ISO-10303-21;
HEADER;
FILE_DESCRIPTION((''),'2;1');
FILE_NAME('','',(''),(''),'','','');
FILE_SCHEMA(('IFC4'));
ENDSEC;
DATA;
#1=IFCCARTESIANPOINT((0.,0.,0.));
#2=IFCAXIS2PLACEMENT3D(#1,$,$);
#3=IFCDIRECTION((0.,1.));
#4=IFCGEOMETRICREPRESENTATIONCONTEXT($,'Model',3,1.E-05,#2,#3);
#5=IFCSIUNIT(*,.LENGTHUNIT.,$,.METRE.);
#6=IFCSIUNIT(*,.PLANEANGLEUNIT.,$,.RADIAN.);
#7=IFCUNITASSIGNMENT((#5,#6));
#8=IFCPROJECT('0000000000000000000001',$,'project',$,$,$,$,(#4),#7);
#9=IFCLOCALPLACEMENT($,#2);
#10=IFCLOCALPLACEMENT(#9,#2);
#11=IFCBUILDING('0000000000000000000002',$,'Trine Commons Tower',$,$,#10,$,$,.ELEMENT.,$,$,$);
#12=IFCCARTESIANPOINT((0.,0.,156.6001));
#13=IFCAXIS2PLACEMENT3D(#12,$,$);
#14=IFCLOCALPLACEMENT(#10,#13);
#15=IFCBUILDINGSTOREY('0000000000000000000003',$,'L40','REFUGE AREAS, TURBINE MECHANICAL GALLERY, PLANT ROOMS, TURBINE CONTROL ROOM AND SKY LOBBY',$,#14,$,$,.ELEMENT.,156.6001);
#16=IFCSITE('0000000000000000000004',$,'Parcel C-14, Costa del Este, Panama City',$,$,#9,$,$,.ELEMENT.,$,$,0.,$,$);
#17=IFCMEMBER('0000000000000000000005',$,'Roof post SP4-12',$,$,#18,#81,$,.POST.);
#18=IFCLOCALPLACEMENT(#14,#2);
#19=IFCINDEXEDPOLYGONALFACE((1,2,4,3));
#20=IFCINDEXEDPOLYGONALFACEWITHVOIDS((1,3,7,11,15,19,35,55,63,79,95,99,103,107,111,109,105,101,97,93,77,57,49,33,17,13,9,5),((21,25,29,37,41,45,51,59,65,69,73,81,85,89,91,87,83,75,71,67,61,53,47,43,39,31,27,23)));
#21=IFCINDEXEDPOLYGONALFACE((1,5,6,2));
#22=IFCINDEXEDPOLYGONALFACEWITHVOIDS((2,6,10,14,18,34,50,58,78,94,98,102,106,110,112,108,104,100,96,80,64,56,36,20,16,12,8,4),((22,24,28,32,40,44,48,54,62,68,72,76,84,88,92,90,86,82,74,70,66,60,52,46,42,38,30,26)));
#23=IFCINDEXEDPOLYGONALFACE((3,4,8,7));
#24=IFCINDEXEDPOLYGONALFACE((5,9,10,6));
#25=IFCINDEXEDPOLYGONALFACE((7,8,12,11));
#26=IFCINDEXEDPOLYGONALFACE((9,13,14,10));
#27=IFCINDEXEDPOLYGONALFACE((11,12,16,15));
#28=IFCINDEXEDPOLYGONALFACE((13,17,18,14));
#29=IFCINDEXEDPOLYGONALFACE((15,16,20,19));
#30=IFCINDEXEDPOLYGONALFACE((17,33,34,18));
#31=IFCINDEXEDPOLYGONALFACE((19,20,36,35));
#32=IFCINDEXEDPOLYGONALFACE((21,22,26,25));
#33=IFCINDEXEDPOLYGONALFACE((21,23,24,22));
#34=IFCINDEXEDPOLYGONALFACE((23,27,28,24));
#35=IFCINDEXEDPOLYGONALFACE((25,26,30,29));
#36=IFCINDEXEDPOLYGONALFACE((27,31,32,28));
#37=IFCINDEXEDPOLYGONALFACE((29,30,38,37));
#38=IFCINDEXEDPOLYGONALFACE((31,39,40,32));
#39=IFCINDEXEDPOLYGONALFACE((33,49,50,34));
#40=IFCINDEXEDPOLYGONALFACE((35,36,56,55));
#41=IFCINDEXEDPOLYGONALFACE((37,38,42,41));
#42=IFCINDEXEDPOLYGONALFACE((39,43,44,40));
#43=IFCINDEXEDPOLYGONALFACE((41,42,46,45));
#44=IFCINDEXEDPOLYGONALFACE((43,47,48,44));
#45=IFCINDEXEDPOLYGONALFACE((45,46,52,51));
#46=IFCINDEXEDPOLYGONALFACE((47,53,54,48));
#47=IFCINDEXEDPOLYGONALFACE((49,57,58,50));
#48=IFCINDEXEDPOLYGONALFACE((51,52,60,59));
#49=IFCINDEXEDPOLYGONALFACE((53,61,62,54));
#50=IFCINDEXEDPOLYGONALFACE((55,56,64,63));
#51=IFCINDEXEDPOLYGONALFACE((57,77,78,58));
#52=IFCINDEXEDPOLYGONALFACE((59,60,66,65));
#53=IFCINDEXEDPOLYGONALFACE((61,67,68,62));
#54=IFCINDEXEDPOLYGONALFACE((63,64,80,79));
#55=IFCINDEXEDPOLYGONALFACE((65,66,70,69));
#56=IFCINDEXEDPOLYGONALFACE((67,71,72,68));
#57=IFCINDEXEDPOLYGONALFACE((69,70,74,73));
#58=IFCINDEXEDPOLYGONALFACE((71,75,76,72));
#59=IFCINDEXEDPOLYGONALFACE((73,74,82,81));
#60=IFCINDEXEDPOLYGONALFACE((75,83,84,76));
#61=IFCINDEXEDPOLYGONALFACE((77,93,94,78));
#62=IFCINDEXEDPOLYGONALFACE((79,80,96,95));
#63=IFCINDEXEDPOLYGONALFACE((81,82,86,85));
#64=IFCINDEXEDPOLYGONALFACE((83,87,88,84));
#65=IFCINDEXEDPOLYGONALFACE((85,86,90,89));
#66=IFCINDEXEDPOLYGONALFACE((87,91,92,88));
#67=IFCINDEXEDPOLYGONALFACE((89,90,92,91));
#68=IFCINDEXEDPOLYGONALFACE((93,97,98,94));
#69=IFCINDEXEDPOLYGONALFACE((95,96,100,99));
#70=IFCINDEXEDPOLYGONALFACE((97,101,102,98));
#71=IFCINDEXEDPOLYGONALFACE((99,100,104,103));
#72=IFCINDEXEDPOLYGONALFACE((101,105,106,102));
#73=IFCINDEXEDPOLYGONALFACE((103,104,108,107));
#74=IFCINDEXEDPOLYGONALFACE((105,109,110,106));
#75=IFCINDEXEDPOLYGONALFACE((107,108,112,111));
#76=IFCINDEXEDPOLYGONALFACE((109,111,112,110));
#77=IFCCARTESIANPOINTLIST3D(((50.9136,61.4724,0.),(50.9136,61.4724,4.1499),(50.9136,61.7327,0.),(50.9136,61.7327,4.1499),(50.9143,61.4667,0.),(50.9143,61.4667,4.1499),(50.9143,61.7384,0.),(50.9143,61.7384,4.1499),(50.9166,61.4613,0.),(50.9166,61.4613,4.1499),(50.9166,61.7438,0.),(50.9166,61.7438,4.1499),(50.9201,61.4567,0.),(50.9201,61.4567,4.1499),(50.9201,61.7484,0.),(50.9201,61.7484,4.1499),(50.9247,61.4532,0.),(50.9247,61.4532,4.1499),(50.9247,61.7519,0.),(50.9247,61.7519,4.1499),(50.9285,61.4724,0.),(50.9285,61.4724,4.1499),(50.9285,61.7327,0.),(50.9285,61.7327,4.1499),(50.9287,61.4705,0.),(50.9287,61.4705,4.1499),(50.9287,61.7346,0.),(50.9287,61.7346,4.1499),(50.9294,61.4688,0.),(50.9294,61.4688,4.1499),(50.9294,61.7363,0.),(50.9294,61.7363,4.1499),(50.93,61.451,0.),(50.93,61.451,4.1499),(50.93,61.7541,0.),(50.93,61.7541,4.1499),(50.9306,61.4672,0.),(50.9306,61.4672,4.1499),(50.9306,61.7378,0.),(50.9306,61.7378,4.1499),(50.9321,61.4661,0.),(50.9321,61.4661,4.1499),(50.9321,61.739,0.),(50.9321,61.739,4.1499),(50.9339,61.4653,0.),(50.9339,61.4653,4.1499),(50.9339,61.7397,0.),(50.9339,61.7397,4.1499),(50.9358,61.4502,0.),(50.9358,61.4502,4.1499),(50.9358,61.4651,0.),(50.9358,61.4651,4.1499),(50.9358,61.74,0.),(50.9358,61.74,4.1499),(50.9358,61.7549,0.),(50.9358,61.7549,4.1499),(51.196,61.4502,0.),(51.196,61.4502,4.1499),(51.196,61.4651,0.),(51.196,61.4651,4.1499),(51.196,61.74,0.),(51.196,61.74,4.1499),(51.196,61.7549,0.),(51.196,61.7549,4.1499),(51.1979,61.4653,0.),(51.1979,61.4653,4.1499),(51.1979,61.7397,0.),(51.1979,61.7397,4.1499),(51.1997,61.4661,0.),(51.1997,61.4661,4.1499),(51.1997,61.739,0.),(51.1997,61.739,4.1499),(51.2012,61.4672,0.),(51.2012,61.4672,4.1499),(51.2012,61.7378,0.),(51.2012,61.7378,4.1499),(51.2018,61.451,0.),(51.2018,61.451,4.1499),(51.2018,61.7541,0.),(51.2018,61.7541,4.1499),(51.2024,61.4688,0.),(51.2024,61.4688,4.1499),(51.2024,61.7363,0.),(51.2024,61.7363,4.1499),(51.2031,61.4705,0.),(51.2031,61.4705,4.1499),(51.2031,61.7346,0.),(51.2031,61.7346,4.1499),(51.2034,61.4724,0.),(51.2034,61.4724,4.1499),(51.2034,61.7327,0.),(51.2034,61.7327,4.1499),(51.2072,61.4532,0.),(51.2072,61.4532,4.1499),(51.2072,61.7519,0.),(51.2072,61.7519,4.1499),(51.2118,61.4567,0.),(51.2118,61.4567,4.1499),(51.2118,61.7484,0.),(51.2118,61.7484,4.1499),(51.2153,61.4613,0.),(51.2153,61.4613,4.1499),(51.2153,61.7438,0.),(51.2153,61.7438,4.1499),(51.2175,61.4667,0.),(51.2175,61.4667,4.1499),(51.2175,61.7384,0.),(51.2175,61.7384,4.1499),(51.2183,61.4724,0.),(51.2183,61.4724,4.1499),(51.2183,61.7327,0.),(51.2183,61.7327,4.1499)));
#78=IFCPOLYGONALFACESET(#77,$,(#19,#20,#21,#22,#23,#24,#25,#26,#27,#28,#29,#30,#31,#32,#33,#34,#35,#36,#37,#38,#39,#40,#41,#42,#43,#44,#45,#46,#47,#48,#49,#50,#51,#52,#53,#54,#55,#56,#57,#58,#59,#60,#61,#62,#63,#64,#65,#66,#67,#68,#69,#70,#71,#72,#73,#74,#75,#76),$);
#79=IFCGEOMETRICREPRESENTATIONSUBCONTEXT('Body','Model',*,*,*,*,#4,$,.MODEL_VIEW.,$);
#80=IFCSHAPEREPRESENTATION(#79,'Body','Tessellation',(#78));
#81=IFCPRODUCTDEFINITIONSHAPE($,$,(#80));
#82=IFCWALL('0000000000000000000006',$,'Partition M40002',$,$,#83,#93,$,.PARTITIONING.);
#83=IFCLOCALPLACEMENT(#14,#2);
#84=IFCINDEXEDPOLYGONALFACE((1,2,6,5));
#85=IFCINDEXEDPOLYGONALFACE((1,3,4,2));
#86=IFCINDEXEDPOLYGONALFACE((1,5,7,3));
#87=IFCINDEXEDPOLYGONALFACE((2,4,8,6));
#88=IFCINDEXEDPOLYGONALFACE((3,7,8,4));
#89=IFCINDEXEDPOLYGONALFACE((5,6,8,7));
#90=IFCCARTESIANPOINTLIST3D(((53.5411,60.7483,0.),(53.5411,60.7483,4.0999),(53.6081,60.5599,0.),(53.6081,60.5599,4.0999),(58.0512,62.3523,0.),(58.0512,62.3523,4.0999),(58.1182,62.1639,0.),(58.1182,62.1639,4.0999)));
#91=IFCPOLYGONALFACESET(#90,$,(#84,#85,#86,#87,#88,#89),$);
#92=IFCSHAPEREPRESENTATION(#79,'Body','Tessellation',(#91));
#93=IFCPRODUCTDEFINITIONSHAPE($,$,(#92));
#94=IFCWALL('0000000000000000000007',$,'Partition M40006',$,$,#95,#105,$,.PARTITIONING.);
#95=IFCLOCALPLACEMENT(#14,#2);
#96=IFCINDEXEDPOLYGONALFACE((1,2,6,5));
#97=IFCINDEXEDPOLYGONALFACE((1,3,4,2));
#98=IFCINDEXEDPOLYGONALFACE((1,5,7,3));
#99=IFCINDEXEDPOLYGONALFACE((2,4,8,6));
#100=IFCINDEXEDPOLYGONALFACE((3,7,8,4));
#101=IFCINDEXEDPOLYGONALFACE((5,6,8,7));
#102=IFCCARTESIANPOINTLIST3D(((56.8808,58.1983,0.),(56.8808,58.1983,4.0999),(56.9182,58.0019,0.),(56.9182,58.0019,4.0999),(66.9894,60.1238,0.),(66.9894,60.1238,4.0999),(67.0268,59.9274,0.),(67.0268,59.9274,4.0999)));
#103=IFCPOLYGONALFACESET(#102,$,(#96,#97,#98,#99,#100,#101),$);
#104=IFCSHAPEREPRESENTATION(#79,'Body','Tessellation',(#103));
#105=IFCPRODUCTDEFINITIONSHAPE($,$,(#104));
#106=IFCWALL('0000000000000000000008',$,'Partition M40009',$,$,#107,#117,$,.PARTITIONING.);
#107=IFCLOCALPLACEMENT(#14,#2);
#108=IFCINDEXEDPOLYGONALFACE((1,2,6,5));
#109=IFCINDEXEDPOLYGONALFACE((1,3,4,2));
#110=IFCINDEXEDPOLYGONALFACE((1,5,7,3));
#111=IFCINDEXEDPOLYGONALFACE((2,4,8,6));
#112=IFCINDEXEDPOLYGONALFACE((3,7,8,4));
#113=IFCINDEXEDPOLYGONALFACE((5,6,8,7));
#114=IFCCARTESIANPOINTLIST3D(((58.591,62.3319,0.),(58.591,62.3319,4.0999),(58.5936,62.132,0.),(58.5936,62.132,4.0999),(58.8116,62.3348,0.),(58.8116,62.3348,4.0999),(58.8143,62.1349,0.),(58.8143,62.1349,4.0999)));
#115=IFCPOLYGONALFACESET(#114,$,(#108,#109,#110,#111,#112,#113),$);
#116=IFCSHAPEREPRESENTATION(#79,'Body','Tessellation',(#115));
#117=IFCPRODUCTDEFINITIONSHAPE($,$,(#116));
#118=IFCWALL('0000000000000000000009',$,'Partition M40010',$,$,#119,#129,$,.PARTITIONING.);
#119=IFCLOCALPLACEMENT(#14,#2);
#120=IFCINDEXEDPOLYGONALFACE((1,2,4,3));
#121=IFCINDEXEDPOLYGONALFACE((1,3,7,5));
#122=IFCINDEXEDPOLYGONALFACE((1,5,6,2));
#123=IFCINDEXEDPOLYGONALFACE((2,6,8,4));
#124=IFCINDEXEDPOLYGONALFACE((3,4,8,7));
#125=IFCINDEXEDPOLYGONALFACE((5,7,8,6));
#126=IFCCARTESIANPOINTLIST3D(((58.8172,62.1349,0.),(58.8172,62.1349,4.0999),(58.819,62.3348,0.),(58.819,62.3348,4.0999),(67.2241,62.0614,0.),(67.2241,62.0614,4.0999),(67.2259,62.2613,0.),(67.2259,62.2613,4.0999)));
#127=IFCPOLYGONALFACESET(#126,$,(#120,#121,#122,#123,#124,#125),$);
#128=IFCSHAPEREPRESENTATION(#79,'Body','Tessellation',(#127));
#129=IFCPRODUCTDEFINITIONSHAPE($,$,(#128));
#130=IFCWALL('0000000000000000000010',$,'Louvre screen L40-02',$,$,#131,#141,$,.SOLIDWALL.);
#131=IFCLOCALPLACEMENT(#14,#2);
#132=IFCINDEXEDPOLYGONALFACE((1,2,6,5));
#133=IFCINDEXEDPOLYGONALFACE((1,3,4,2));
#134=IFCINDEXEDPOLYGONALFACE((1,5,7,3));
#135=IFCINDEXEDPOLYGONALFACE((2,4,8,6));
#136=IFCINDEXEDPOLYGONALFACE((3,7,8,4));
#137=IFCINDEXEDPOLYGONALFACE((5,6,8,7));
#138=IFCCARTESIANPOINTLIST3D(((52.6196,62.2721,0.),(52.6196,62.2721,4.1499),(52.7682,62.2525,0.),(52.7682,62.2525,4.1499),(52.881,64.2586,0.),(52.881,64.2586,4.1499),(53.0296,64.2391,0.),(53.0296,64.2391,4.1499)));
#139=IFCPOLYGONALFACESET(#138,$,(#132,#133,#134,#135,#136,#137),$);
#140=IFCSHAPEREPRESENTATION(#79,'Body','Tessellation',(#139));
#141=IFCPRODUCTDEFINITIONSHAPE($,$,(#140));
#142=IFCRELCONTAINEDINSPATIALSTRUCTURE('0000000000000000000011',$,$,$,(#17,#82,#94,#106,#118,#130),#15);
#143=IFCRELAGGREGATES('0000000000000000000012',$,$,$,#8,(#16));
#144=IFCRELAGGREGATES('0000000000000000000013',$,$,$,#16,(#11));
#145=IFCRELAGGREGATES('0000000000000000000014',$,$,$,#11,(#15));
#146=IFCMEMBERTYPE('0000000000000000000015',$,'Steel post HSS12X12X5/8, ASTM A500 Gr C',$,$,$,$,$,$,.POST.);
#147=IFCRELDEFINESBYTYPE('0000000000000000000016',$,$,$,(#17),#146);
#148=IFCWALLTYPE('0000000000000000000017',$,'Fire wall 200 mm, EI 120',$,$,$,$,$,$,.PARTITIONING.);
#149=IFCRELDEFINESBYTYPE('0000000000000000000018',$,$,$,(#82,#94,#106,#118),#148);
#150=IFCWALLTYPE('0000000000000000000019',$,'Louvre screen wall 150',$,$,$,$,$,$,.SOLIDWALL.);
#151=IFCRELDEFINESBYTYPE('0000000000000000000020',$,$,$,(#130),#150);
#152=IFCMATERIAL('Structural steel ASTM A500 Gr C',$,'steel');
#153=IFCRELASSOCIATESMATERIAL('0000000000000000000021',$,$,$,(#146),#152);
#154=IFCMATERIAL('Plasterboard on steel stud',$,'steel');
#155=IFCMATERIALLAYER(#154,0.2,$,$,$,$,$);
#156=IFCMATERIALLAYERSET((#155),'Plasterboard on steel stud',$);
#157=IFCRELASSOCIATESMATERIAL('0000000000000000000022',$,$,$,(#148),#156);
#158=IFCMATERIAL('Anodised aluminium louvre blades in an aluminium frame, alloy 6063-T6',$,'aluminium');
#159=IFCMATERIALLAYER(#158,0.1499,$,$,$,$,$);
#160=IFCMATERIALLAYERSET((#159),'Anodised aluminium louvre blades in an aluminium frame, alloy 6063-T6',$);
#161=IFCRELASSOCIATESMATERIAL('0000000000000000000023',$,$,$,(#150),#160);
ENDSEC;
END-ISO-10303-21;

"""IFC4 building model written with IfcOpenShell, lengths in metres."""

from ifc_helpers import new_model, si_unit, direction, frame, frame_2d, origin, origin_2d, place, context, subcontext, project, spatial, rectangle, hollow_rectangle, extrude, material, layer, layer_set, material_profile, profile_set, type_object, element, save


model = new_model("IFC4")

# Units and contexts
model_context = context("Model", 3, precision=1e-05, world=origin(), true_north=direction((0.0, 1.0)))
body_context = subcontext(model_context, "Body", "Model", "MODEL_VIEW")
ifc_project = project(units=[si_unit("LENGTHUNIT", "METRE"), si_unit("PLANEANGLEUNIT", "RADIAN")], contexts=[model_context])

# Site, building, storey
site_placement = place(None, origin())
site = spatial("IfcSite", under=ifc_project, at=site_placement, Name="Parcel C-14, Costa del Este, Panama City", CompositionType="ELEMENT", RefElevation=0.0)
building_placement = place(site_placement, origin())
building = spatial("IfcBuilding", under=site, at=building_placement, Name="Trine Commons Tower", CompositionType="ELEMENT")
storey_placement = place(building_placement, frame((0.0, 0.0, 156.6001)))
storey = spatial("IfcBuildingStorey", under=building, at=storey_placement, Name="L40", Description="REFUGE AREAS, TURBINE MECHANICAL GALLERY, PLANT ROOMS, TURBINE CONTROL ROOM AND SKY LOBBY", CompositionType="ELEMENT", Elevation=156.6001)

# Member
ifc_material_1 = material(Name="Structural steel ASTM A500 Gr C", Category="steel")
ifc_material_profile_1 = material_profile(ifc_material_1, hollow_rectangle(XDim=0.3047, YDim=0.3047, WallThickness=0.0149, InnerFilletRadius=0.0073, OuterFilletRadius=0.0222, at=origin_2d()), Name="HSS12X12X5/8")
ifc_profile_set_1 = profile_set([ifc_material_profile_1], Name="Structural steel ASTM A500 Gr C")
member_type_1 = type_object("IfcMemberType", Name="Steel post HSS12X12X5/8, ASTM A500 Gr C", PredefinedType="POST", material=ifc_profile_set_1)
member_1_placement = place(storey_placement, frame((51.0659, 61.6025, 0.0), z_axis=(0.0, 0.0, 1.0), x_axis=(1.0, 0.0, 0.0)))
element("IfcMember", 1, at=member_1_placement, inside=storey, type_object=member_type_1, Name="Roof post SP4-12", PredefinedType="POST", context=body_context, shape_type="SweptSolid", body=[
    extrude(hollow_rectangle(XDim=0.3047, YDim=0.3047, WallThickness=0.0149, InnerFilletRadius=0.0073, OuterFilletRadius=0.0222, at=origin_2d()), origin(), (0.0, 0.0, 1.0), 4.1499),
])

# Walls
ifc_material_2 = material(Name="Plasterboard on steel stud", Category="steel")
ifc_layer_1 = layer(ifc_material_2, 0.2)
ifc_layer_set_1 = layer_set([ifc_layer_1], Name="Plasterboard on steel stud")
wall_type_1 = type_object("IfcWallType", Name="Fire wall 200 mm, EI 120", PredefinedType="PARTITIONING", material=ifc_layer_set_1)
wall_1_placement = place(storey_placement, frame((53.5745, 60.6541, 0.0), z_axis=(0.0, 0.0, 1.0), x_axis=(0.942185, 0.335092, 0.0)))
element("IfcWall", 2, at=wall_1_placement, inside=storey, type_object=wall_type_1, Name="Partition M40002", PredefinedType="PARTITIONING", context=body_context, shape_type="SweptSolid", body=[
    extrude(rectangle(XDim=4.7869, YDim=0.2, at=frame_2d((2.3936, 0.0))), origin(), (0.0, 0.0, 1.0), 4.0999),
])
wall_2_placement = place(storey_placement, frame((56.8997, 58.1001, 0.0), z_axis=(0.0, 0.0, 1.0), x_axis=(0.982337, 0.18712, 0.0)))
element("IfcWall", 3, at=wall_2_placement, inside=storey, type_object=wall_type_1, Name="Partition M40006", PredefinedType="PARTITIONING", context=body_context, shape_type="SweptSolid", body=[
    extrude(rectangle(XDim=10.2903, YDim=0.2, at=frame_2d((5.145, 0.0))), origin(), (0.0, 0.0, 1.0), 4.0999),
])
wall_3_placement = place(storey_placement, frame((58.5923, 62.2319, 0.0), z_axis=(0.0, 0.0, 1.0), x_axis=(0.999912, 0.013273, 0.0)))
element("IfcWall", 4, at=wall_3_placement, inside=storey, type_object=wall_type_1, Name="Partition M40009", PredefinedType="PARTITIONING", context=body_context, shape_type="SweptSolid", body=[
    extrude(rectangle(XDim=0.2207, YDim=0.2, at=frame_2d((0.1104, 0.0))), origin(), (0.0, 0.0, 1.0), 4.0999),
])
wall_4_placement = place(storey_placement, frame((58.8181, 62.2349, 0.0), z_axis=(0.0, 0.0, 1.0), x_axis=(0.999962, -0.008741, 0.0)))
element("IfcWall", 5, at=wall_4_placement, inside=storey, type_object=wall_type_1, Name="Partition M40010", PredefinedType="PARTITIONING", context=body_context, shape_type="SweptSolid", body=[
    extrude(rectangle(XDim=8.4072, YDim=0.2, at=frame_2d((4.2036, 0.0))), origin(), (0.0, 0.0, 1.0), 4.0999),
])

# Wall
ifc_material_3 = material(Name="Anodised aluminium louvre blades in an aluminium frame, alloy 6063-T6", Category="aluminium")
ifc_layer_2 = layer(ifc_material_3, 0.1499)
ifc_layer_set_2 = layer_set([ifc_layer_2], Name="Anodised aluminium louvre blades in an aluminium frame, alloy 6063-T6")
wall_type_2 = type_object("IfcWallType", Name="Louvre screen wall 150", PredefinedType="SOLIDWALL", material=ifc_layer_set_2)
wall_5_placement = place(storey_placement, frame((52.6938, 62.2622, 0.0), z_axis=(0.0, 0.0, 1.0), x_axis=(0.130495, 0.991449, 0.0)))
element("IfcWall", 6, at=wall_5_placement, inside=storey, type_object=wall_type_2, Name="Louvre screen L40-02", PredefinedType="SOLIDWALL", context=body_context, shape_type="SweptSolid", body=[
    extrude(rectangle(XDim=2.0037, YDim=0.1499, at=frame_2d((1.002, 0.0))), origin(), (0.0, 0.0, 1.0), 4.1499),
])

save(model, "model.ifc")
